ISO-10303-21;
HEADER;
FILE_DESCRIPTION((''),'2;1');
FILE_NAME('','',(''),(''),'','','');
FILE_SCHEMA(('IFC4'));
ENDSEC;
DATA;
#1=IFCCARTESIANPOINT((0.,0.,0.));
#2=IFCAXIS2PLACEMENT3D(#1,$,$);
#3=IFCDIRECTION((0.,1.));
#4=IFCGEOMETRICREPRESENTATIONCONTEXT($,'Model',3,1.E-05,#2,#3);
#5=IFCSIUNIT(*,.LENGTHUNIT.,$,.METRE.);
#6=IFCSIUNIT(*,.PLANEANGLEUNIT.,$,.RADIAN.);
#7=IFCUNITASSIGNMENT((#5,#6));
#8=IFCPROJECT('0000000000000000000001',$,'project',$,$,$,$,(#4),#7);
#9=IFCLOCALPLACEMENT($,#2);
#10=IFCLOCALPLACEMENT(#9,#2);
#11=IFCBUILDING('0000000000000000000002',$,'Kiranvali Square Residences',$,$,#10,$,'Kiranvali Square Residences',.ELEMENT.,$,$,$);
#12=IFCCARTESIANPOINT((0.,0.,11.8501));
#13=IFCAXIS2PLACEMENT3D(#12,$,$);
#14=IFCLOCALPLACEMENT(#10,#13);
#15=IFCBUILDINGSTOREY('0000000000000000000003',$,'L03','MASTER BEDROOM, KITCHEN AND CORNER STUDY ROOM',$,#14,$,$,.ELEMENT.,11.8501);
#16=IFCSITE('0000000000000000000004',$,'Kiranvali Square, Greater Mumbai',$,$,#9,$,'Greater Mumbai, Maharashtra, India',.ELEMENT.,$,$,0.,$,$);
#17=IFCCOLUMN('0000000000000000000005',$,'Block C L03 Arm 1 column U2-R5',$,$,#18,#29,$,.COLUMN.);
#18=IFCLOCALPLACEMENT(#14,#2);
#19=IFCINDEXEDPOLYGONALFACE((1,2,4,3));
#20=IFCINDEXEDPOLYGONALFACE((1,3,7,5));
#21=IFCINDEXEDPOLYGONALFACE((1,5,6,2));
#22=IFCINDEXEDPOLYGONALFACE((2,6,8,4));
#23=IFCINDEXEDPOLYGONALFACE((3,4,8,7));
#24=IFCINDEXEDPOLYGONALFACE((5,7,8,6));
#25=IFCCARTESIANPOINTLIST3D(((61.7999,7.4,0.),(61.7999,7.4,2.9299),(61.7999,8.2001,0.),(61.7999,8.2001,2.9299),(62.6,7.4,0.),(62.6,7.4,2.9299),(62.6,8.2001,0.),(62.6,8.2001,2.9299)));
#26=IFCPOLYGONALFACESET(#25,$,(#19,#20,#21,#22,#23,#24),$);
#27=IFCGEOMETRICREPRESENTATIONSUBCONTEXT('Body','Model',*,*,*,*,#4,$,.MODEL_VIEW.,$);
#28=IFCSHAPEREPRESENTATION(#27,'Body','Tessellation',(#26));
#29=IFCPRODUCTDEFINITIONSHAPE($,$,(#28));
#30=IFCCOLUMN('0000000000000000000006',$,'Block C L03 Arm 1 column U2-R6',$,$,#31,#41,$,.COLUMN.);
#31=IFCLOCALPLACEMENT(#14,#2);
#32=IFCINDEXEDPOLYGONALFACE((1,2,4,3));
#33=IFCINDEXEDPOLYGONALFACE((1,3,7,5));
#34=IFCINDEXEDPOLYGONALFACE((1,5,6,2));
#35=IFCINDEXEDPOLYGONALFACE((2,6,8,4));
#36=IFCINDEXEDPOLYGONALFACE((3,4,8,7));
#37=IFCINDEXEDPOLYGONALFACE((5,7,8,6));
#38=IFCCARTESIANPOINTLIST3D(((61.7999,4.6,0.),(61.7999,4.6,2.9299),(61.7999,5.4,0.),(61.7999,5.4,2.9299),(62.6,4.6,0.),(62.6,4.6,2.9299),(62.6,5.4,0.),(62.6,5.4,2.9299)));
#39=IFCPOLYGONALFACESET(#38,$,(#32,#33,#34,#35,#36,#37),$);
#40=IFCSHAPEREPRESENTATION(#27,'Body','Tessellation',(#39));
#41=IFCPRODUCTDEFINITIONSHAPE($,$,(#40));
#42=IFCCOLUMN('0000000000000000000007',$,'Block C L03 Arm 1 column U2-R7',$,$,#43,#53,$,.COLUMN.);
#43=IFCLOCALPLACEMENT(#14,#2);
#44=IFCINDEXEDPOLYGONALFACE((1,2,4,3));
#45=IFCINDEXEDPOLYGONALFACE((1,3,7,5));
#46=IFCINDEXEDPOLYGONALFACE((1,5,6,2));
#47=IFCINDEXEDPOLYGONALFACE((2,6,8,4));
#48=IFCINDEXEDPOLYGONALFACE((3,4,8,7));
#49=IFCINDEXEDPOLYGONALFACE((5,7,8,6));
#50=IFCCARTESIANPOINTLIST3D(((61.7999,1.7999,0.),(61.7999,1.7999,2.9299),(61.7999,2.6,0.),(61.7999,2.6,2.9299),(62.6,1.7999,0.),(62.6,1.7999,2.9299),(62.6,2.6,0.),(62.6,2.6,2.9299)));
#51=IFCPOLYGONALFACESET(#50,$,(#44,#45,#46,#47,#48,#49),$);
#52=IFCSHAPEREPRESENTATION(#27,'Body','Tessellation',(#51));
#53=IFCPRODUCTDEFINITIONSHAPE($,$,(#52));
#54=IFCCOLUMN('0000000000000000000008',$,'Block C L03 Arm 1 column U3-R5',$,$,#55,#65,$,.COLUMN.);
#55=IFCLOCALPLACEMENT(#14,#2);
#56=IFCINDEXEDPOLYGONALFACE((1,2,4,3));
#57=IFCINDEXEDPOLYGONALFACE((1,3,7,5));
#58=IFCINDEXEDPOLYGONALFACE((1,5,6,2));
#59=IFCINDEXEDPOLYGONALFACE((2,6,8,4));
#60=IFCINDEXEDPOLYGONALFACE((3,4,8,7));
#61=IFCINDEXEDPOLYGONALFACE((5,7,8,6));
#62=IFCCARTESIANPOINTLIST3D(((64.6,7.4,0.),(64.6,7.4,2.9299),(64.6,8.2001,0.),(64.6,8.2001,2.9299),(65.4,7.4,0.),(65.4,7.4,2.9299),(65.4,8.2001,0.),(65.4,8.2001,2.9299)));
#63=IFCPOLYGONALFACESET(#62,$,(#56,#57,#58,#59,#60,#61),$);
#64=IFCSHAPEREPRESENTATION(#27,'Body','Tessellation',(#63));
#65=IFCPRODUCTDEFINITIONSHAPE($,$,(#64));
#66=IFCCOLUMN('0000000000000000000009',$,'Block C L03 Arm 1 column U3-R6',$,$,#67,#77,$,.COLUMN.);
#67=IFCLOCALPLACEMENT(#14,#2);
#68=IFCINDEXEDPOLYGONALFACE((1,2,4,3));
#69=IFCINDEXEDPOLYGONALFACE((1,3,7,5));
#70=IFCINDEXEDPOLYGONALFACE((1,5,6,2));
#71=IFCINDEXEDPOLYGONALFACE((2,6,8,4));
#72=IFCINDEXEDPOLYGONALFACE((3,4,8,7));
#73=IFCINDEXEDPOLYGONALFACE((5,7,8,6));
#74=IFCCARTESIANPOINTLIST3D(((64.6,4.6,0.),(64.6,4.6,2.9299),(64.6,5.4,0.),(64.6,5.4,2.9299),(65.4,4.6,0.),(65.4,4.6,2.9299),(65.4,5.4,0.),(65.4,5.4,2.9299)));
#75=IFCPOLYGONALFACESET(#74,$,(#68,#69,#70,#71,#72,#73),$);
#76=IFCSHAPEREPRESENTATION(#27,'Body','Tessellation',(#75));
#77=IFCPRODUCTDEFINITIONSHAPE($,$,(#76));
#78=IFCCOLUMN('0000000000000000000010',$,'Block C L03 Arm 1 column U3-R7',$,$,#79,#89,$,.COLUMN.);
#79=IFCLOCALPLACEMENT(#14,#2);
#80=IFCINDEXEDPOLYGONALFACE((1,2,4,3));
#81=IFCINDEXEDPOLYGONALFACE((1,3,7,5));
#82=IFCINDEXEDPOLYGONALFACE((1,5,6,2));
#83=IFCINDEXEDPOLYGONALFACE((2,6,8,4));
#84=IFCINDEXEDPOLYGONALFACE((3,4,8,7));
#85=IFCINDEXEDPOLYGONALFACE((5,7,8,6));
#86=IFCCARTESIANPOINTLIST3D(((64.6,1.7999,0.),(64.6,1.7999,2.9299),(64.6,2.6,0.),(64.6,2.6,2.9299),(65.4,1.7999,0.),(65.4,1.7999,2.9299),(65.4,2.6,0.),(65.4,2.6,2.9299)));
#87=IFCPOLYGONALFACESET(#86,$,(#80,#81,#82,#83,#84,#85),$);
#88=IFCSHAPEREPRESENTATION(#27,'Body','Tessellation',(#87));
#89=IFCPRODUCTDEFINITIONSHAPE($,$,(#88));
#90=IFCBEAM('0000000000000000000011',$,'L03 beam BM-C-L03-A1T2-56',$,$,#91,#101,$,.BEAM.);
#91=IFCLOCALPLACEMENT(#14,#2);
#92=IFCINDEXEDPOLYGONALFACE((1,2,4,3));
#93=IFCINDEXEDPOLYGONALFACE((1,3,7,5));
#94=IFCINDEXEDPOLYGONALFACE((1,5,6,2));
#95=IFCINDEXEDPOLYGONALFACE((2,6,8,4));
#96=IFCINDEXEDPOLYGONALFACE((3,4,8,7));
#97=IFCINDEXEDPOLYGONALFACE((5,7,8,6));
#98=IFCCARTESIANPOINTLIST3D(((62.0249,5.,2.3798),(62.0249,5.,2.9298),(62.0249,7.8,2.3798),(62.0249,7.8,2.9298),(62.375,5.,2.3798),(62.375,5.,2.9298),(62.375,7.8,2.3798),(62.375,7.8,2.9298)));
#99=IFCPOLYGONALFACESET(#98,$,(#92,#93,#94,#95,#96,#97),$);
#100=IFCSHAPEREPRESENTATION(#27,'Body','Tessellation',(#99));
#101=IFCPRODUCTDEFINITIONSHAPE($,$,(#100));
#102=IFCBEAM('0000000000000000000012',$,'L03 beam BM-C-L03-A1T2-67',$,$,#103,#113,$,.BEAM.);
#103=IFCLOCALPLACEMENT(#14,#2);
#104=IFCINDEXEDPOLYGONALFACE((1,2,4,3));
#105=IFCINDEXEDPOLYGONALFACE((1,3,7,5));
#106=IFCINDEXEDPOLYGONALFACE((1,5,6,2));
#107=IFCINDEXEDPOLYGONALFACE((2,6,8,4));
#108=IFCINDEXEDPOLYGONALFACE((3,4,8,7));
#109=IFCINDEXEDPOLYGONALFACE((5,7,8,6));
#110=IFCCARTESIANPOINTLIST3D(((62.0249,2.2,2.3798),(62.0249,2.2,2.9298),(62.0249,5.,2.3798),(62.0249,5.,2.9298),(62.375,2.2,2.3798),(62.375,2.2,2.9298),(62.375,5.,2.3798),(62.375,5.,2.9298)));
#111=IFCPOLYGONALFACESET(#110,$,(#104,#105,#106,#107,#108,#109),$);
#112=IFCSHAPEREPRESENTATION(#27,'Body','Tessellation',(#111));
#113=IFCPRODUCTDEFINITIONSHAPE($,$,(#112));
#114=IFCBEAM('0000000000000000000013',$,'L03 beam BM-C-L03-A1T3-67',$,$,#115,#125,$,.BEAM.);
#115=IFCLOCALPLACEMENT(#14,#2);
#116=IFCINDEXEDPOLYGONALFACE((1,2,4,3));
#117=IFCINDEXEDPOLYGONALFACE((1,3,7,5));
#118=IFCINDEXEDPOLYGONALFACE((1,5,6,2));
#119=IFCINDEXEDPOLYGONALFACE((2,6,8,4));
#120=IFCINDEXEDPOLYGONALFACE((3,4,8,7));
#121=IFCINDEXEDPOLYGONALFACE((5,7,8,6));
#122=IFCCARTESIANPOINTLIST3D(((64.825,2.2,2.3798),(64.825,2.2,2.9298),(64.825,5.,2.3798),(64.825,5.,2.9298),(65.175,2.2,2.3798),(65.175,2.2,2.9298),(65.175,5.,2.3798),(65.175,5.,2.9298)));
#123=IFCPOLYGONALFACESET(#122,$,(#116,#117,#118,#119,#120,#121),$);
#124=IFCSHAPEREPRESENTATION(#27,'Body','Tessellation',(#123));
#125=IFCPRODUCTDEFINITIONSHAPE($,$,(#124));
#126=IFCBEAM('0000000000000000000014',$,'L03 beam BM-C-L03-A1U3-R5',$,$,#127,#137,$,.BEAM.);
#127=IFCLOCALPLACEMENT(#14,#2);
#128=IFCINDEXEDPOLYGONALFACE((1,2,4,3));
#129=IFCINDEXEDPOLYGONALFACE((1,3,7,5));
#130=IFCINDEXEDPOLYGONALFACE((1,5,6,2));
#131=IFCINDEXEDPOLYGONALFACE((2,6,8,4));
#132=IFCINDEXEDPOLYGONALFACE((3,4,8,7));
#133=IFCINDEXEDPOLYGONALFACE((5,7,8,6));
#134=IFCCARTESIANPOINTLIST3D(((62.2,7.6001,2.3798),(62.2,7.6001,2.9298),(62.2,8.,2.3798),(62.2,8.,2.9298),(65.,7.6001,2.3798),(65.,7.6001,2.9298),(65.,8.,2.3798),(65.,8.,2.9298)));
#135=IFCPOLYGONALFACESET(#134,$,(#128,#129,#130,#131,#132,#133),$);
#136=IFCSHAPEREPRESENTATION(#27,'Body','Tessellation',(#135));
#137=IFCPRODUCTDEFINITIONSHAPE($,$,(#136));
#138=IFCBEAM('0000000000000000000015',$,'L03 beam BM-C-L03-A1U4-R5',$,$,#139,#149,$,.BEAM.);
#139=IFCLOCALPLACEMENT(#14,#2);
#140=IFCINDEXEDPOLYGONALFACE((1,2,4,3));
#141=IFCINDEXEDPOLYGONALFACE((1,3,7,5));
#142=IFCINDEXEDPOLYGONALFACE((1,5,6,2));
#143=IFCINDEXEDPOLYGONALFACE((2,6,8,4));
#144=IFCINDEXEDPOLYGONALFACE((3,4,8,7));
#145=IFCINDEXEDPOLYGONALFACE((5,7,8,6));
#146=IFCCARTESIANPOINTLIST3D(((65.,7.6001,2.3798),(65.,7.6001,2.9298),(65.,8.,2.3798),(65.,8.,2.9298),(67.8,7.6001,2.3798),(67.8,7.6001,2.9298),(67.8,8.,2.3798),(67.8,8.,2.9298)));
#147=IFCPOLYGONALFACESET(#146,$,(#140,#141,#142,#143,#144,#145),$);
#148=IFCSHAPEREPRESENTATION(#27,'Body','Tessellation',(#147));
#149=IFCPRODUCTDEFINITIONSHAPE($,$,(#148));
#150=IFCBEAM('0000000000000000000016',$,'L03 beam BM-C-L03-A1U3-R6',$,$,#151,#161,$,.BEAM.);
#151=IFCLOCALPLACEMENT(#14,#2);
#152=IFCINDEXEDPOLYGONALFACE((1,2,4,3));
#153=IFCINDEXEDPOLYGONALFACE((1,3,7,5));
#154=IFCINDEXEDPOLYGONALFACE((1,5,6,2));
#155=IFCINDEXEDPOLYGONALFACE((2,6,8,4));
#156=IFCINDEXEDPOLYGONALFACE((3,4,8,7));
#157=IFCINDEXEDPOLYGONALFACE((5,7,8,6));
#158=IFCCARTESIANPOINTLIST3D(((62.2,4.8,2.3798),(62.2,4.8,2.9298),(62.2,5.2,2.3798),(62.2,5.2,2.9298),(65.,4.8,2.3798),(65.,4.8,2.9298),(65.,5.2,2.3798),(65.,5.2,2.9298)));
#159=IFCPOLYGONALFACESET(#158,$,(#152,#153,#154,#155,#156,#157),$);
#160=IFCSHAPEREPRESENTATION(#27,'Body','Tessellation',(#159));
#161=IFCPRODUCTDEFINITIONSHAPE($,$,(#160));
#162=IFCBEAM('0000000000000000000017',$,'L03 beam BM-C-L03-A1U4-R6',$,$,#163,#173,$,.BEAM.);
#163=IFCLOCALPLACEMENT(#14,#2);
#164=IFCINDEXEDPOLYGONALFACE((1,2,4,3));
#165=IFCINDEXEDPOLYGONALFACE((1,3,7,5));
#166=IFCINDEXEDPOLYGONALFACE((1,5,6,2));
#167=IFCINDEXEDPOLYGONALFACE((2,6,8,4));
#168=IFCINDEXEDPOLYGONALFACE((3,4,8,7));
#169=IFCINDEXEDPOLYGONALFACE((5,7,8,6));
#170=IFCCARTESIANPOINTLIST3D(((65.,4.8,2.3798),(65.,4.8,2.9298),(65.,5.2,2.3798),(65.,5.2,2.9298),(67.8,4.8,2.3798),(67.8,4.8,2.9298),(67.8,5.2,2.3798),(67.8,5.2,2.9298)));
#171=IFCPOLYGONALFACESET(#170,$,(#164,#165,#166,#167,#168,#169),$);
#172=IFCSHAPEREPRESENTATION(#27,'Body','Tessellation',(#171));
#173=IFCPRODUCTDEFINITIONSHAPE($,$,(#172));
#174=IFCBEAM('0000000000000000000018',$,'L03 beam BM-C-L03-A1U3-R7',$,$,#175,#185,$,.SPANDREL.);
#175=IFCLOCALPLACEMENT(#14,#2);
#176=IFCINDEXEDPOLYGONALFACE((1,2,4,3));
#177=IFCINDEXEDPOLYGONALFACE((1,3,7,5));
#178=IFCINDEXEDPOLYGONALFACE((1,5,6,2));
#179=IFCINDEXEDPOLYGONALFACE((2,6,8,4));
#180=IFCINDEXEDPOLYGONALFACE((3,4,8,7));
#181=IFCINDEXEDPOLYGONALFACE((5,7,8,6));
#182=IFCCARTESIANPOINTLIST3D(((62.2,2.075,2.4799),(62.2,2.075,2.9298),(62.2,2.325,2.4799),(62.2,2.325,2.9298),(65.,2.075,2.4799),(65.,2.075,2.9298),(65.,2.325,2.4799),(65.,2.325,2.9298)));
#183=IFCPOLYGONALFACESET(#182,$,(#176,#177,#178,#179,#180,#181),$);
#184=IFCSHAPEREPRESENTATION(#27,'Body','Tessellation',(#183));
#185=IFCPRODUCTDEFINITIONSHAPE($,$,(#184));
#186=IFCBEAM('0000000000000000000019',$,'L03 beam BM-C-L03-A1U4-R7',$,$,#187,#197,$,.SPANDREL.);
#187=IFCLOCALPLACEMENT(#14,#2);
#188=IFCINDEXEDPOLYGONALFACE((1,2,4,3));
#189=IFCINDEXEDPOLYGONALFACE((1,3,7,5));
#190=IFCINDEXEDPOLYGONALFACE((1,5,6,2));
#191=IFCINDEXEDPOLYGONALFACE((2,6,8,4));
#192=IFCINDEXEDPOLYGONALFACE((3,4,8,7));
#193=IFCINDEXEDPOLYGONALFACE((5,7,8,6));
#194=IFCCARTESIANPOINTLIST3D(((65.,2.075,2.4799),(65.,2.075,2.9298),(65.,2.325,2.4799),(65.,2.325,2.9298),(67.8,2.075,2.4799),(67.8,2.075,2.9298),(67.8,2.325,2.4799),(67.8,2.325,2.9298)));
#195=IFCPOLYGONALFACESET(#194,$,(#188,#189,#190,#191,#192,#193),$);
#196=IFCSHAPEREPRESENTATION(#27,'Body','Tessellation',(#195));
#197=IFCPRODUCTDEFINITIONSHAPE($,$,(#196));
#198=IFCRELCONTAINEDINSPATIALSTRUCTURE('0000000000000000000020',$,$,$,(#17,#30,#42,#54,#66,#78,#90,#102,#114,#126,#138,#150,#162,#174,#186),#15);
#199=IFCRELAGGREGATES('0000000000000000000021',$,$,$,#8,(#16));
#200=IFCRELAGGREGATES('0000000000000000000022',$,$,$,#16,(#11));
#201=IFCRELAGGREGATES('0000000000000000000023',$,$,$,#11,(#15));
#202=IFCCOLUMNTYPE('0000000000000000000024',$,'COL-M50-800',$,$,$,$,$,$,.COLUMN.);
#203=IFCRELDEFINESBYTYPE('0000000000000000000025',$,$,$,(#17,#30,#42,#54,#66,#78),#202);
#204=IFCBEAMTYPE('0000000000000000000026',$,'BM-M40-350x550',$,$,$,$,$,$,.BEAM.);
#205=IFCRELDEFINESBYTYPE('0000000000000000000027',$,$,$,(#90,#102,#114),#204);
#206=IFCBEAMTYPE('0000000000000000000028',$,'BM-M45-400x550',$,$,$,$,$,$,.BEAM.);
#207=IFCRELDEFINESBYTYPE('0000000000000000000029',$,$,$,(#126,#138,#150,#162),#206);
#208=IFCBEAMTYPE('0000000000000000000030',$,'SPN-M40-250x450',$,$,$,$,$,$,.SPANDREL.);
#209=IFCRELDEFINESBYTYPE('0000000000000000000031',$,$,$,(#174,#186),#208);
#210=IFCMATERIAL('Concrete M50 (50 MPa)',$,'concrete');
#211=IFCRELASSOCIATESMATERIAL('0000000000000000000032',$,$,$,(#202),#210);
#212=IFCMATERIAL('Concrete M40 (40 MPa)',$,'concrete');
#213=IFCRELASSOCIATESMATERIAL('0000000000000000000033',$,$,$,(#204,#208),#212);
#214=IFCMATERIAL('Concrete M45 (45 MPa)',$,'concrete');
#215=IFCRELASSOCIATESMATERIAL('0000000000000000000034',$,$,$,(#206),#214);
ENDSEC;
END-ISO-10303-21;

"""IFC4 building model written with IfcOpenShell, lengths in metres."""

from ifc_helpers import new_model, si_unit, direction, frame, origin, origin_2d, place, context, subcontext, project, spatial, rectangle, extrude, material, material_profile, profile_set, type_object, element, save


model = new_model("IFC4")

# Units and contexts
model_context = context("Model", 3, precision=1e-05, world=origin(), true_north=direction((0.0, 1.0)))
body_context = subcontext(model_context, "Body", "Model", "MODEL_VIEW")
ifc_project = project(units=[si_unit("LENGTHUNIT", "METRE"), si_unit("PLANEANGLEUNIT", "RADIAN")], contexts=[model_context])

# Site, building, storey
site_placement = place(None, origin())
site = spatial("IfcSite", under=ifc_project, at=site_placement, Name="Kiranvali Square, Greater Mumbai", LongName="Greater Mumbai, Maharashtra, India", CompositionType="ELEMENT", RefElevation=0.0)
building_placement = place(site_placement, origin())
building = spatial("IfcBuilding", under=site, at=building_placement, Name="Kiranvali Square Residences", LongName="Kiranvali Square Residences", CompositionType="ELEMENT")
storey_placement = place(building_placement, frame((0.0, 0.0, 11.8501)))
storey = spatial("IfcBuildingStorey", under=building, at=storey_placement, Name="L03", Description="MASTER BEDROOM, KITCHEN AND CORNER STUDY ROOM", CompositionType="ELEMENT", Elevation=11.8501)

# Columns
ifc_material_1 = material(Name="Concrete M50 (50 MPa)", Category="concrete")
ifc_material_profile_1 = material_profile(ifc_material_1, rectangle(XDim=0.8, YDim=0.8, at=origin_2d()), Name="RC 800x800")
ifc_profile_set_1 = profile_set([ifc_material_profile_1], Name="Concrete M50 (50 MPa)")
column_type = type_object("IfcColumnType", Name="COL-M50-800", PredefinedType="COLUMN", material=ifc_profile_set_1)
for number, where, z_axis, x_axis, name in (
    (1, (62.2, 7.8, 0.0), (0.0, 0.0, 1.0), (1.0, 0.0, 0.0), "Block C L03 Arm 1 column U2-R5"),
    (2, (62.2, 5.0, 0.0), (0.0, 0.0, 1.0), (1.0, 0.0, 0.0), "Block C L03 Arm 1 column U2-R6"),
    (3, (62.2, 2.2, 0.0), (0.0, 0.0, 1.0), (1.0, 0.0, 0.0), "Block C L03 Arm 1 column U2-R7"),
    (4, (65.0, 7.8, 0.0), (0.0, 0.0, 1.0), (1.0, 0.0, 0.0), "Block C L03 Arm 1 column U3-R5"),
    (5, (65.0, 5.0, 0.0), (0.0, 0.0, 1.0), (1.0, 0.0, 0.0), "Block C L03 Arm 1 column U3-R6"),
    (6, (65.0, 2.2, 0.0), (0.0, 0.0, 1.0), (1.0, 0.0, 0.0), "Block C L03 Arm 1 column U3-R7"),
):
    element("IfcColumn", number, at=place(storey_placement, frame(where, z_axis=z_axis, x_axis=x_axis)), inside=storey, type_object=column_type, Name=name, PredefinedType="COLUMN", context=body_context, shape_type="SweptSolid", body=[
        extrude(rectangle(XDim=0.8, YDim=0.8, at=origin_2d()), origin(), (0.0, 0.0, 1.0), 2.9299),
    ])

# Beams
ifc_material_2 = material(Name="Concrete M40 (40 MPa)", Category="concrete")
ifc_material_profile_2 = material_profile(ifc_material_2, rectangle(XDim=0.3501, YDim=0.55, at=origin_2d()), Name="RC 350x550")
ifc_profile_set_2 = profile_set([ifc_material_profile_2], Name="Concrete M40 (40 MPa)")
beam_type_1 = type_object("IfcBeamType", Name="BM-M40-350x550", PredefinedType="BEAM", material=ifc_profile_set_2)
for number, where, z_axis, x_axis, name in (
    (7, (62.2, 7.8, 2.6548), (0.0, -1.0, 0.0), (1.0, 0.0, 0.0), "L03 beam BM-C-L03-A1T2-56"),
    (8, (62.2, 5.0, 2.6548), (0.0, -1.0, 0.0), (1.0, 0.0, 0.0), "L03 beam BM-C-L03-A1T2-67"),
    (9, (65.0, 5.0, 2.6548), (0.0, -1.0, 0.0), (1.0, 0.0, 0.0), "L03 beam BM-C-L03-A1T3-67"),
):
    element("IfcBeam", number, at=place(storey_placement, frame(where, z_axis=z_axis, x_axis=x_axis)), inside=storey, type_object=beam_type_1, Name=name, PredefinedType="BEAM", context=body_context, shape_type="SweptSolid", body=[
        extrude(rectangle(XDim=0.3501, YDim=0.55, at=origin_2d()), origin(), (0.0, 0.0, 1.0), 2.8),
    ])
ifc_material_3 = material(Name="Concrete M45 (45 MPa)", Category="concrete")
ifc_material_profile_3 = material_profile(ifc_material_3, rectangle(XDim=0.3999, YDim=0.55, at=origin_2d()), Name="RC 400x550")
ifc_profile_set_3 = profile_set([ifc_material_profile_3], Name="Concrete M45 (45 MPa)")
beam_type_2 = type_object("IfcBeamType", Name="BM-M45-400x550", PredefinedType="BEAM", material=ifc_profile_set_3)
for number, where, z_axis, x_axis, name in (
    (10, (62.2, 7.8, 2.6548), (1.0, 0.0, 0.0), (0.0, 1.0, 0.0), "L03 beam BM-C-L03-A1U3-R5"),
    (11, (65.0, 7.8, 2.6548), (1.0, 0.0, 0.0), (0.0, 1.0, 0.0), "L03 beam BM-C-L03-A1U4-R5"),
    (12, (62.2, 5.0, 2.6548), (1.0, 0.0, 0.0), (0.0, 1.0, 0.0), "L03 beam BM-C-L03-A1U3-R6"),
    (13, (65.0, 5.0, 2.6548), (1.0, 0.0, 0.0), (0.0, 1.0, 0.0), "L03 beam BM-C-L03-A1U4-R6"),
):
    element("IfcBeam", number, at=place(storey_placement, frame(where, z_axis=z_axis, x_axis=x_axis)), inside=storey, type_object=beam_type_2, Name=name, PredefinedType="BEAM", context=body_context, shape_type="SweptSolid", body=[
        extrude(rectangle(XDim=0.3999, YDim=0.55, at=origin_2d()), origin(), (0.0, 0.0, 1.0), 2.8),
    ])
ifc_material_profile_4 = material_profile(ifc_material_2, rectangle(XDim=0.25, YDim=0.45, at=origin_2d()), Name="RC 250x450")
ifc_profile_set_4 = profile_set([ifc_material_profile_4], Name="Concrete M40 (40 MPa)")
beam_type_3 = type_object("IfcBeamType", Name="SPN-M40-250x450", PredefinedType="SPANDREL", material=ifc_profile_set_4)
for number, where, z_axis, x_axis, name in (
    (14, (62.2, 2.2, 2.7048), (1.0, 0.0, 0.0), (0.0, 1.0, 0.0), "L03 beam BM-C-L03-A1U3-R7"),
    (15, (65.0, 2.2, 2.7048), (1.0, 0.0, 0.0), (0.0, 1.0, 0.0), "L03 beam BM-C-L03-A1U4-R7"),
):
    element("IfcBeam", number, at=place(storey_placement, frame(where, z_axis=z_axis, x_axis=x_axis)), inside=storey, type_object=beam_type_3, Name=name, PredefinedType="SPANDREL", context=body_context, shape_type="SweptSolid", body=[
        extrude(rectangle(XDim=0.25, YDim=0.45, at=origin_2d()), origin(), (0.0, 0.0, 1.0), 2.8),
    ])

save(model, "model.ifc")
